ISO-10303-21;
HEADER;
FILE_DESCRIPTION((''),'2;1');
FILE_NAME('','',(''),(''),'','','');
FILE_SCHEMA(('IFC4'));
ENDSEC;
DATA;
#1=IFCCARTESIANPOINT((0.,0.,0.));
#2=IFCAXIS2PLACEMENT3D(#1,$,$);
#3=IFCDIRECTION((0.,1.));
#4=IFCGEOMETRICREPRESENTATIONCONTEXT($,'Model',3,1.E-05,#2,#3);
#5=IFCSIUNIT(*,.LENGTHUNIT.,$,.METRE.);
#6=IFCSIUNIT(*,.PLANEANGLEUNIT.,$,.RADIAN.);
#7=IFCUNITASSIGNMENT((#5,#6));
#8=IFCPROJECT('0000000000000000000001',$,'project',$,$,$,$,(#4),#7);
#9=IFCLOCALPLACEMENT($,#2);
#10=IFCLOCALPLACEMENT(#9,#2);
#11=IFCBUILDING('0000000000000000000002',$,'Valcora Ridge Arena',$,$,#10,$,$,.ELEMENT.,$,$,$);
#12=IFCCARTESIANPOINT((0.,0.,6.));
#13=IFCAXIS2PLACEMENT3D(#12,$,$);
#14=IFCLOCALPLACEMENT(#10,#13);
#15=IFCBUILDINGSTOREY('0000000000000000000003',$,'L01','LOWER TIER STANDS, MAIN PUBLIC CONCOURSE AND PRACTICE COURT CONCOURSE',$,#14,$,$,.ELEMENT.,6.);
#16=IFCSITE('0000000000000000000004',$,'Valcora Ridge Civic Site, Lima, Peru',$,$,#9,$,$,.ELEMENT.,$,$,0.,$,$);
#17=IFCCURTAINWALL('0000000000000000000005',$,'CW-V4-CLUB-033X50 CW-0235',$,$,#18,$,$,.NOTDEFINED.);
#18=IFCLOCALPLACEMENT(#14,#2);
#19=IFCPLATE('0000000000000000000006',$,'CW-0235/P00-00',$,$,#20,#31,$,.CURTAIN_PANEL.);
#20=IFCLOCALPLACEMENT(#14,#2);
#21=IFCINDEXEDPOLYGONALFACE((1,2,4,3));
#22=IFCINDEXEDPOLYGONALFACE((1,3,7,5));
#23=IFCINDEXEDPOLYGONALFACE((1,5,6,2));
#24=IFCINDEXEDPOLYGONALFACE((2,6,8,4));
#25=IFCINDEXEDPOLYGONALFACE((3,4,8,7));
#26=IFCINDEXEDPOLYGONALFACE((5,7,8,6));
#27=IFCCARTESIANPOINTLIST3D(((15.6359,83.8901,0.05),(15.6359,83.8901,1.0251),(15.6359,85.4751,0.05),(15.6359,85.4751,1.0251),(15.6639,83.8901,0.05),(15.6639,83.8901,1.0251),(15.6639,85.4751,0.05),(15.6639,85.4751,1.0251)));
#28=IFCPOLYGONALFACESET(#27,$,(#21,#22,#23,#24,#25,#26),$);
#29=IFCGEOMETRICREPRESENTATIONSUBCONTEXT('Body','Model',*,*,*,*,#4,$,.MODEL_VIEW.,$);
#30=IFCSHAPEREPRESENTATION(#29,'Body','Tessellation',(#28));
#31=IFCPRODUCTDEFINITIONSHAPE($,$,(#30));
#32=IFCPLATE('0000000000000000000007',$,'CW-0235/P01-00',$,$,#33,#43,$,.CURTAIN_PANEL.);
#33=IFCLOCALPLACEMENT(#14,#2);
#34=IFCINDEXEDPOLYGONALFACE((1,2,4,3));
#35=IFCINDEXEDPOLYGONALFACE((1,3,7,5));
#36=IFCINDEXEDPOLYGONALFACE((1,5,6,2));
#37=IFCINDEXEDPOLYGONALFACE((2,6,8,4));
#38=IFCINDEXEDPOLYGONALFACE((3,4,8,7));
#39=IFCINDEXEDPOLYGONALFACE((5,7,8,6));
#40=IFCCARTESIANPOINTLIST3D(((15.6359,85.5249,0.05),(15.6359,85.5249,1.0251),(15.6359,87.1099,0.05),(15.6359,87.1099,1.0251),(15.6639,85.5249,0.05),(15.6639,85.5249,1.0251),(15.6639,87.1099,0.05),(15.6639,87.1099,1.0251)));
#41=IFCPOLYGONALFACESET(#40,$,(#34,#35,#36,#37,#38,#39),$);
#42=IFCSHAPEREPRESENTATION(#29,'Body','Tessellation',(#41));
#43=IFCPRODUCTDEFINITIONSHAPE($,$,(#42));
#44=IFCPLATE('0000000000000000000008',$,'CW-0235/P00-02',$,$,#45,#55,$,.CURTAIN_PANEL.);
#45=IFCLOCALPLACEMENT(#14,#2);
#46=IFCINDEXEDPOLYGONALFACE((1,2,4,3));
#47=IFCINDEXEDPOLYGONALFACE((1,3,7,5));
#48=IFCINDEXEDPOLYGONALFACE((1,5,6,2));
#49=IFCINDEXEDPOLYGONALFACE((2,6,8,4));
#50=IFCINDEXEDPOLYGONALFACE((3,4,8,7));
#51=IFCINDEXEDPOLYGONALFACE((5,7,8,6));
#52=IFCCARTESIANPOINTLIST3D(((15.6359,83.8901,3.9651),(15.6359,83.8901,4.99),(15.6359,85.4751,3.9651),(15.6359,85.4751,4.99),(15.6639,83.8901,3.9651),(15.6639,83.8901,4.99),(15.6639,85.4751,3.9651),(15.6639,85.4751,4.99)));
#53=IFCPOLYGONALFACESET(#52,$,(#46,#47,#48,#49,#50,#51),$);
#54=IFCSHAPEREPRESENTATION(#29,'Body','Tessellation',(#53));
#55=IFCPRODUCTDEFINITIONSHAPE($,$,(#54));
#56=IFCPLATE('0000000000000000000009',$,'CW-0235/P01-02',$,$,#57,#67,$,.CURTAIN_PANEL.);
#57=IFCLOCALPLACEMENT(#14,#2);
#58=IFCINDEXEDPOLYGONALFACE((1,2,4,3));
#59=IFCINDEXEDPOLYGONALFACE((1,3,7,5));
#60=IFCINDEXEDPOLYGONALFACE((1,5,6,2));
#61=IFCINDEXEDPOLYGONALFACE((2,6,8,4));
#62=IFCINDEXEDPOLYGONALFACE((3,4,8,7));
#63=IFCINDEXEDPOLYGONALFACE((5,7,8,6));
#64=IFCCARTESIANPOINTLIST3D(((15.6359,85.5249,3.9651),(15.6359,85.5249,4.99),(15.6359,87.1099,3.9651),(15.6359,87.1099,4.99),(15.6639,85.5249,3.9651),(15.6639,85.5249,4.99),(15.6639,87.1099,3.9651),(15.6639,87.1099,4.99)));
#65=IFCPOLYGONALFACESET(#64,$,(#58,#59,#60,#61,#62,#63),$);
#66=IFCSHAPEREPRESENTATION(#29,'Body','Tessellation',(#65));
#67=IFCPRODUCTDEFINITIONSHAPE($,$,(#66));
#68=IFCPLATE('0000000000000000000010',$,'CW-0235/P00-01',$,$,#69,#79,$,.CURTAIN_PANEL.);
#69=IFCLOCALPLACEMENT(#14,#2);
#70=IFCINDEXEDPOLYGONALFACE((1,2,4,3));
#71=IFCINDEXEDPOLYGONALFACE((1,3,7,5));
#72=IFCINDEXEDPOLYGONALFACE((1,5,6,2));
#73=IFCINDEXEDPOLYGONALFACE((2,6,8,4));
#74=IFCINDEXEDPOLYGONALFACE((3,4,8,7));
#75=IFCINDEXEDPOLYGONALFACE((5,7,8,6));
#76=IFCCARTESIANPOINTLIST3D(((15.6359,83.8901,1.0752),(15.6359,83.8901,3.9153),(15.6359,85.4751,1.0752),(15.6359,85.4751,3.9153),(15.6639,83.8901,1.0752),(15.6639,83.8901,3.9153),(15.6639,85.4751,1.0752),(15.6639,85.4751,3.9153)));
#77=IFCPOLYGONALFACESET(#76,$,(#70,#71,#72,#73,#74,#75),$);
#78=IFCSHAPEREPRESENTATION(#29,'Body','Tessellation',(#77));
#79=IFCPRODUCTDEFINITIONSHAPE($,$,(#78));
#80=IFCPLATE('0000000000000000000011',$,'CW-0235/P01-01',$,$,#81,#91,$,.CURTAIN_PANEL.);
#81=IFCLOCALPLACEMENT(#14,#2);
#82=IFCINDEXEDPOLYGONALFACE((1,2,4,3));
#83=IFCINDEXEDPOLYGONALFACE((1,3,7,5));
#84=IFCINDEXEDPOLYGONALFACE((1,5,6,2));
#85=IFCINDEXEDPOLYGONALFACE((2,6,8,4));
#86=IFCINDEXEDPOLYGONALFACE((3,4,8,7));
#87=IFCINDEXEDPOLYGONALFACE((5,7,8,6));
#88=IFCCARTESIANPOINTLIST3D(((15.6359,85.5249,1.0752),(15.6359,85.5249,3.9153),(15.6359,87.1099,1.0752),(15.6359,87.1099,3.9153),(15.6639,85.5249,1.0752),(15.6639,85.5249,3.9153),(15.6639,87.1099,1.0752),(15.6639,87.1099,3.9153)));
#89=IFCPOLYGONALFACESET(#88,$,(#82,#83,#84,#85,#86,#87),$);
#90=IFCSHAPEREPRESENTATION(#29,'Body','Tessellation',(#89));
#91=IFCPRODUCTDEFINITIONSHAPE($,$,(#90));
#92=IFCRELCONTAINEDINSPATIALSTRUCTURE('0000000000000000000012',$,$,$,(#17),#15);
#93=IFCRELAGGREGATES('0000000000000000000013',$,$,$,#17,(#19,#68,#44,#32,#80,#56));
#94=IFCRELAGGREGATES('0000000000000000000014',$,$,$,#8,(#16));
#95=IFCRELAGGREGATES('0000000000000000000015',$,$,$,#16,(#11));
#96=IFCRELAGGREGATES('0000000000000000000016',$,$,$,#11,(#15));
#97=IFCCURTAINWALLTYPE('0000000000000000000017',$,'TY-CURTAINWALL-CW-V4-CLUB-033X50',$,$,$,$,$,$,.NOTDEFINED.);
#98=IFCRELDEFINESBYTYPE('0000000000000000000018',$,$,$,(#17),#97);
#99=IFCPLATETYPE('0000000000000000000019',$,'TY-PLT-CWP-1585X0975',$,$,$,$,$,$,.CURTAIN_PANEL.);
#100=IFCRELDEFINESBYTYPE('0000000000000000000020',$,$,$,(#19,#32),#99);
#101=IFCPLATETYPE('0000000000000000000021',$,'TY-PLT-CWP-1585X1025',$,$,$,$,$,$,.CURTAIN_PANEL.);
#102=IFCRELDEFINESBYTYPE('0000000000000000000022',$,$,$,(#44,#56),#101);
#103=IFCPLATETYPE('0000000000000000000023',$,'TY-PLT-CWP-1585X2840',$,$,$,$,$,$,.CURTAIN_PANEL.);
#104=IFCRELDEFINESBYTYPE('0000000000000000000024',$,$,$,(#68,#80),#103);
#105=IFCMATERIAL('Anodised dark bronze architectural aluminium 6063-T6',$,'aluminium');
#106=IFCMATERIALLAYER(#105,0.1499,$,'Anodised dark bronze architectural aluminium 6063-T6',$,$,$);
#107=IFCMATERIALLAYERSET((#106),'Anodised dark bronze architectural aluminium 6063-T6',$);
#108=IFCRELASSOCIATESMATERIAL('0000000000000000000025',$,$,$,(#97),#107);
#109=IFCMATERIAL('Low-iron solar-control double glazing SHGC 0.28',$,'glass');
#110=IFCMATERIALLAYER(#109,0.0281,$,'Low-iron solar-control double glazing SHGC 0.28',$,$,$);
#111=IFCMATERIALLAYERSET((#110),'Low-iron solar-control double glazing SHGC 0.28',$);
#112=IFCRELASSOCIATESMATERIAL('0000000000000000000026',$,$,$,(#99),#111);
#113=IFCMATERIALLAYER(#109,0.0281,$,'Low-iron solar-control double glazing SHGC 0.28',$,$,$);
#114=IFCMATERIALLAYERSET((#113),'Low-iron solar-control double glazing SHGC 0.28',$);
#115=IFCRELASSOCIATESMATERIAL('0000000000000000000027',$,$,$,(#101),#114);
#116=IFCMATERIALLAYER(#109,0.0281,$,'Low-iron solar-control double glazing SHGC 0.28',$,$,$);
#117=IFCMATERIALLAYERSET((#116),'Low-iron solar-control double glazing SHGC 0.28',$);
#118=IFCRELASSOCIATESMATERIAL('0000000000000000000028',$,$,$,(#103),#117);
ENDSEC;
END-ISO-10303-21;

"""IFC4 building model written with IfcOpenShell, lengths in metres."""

from ifc_helpers import new_model, si_unit, direction, frame, origin, origin_2d, place, context, subcontext, project, spatial, rectangle, extrude, material, layer, layer_set, type_object, element, aggregate, save


model = new_model("IFC4")

# Units and contexts
model_context = context("Model", 3, precision=1e-05, world=origin(), true_north=direction((0.0, 1.0)))
body_context = subcontext(model_context, "Body", "Model", "MODEL_VIEW")
ifc_project = project(units=[si_unit("LENGTHUNIT", "METRE"), si_unit("PLANEANGLEUNIT", "RADIAN")], contexts=[model_context])

# Site, building, storey
site_placement = place(None, origin())
site = spatial("IfcSite", under=ifc_project, at=site_placement, Name="Valcora Ridge Civic Site, Lima, Peru", CompositionType="ELEMENT", RefElevation=0.0)
building_placement = place(site_placement, origin())
building = spatial("IfcBuilding", under=site, at=building_placement, Name="Valcora Ridge Arena", CompositionType="ELEMENT")
storey_placement = place(building_placement, frame((0.0, 0.0, 6.0)))
storey = spatial("IfcBuildingStorey", under=building, at=storey_placement, Name="L01", Description="LOWER TIER STANDS, MAIN PUBLIC CONCOURSE AND PRACTICE COURT CONCOURSE", CompositionType="ELEMENT", Elevation=6.0)

# Curtain wall
ifc_material_1 = material(Name="Anodised dark bronze architectural aluminium 6063-T6", Category="aluminium")
ifc_layer_1 = layer(ifc_material_1, 0.1499, Name="Anodised dark bronze architectural aluminium 6063-T6")
ifc_layer_set_1 = layer_set([ifc_layer_1], Name="Anodised dark bronze architectural aluminium 6063-T6")
curtain_wall_type_1 = type_object("IfcCurtainWallType", Name="TY-CURTAINWALL-CW-V4-CLUB-033X50", PredefinedType="NOTDEFINED", material=ifc_layer_set_1)
curtain_wall_1_placement = place(storey_placement, origin())
curtain_wall_1 = element("IfcCurtainWall", 1, at=curtain_wall_1_placement, inside=storey, type_object=curtain_wall_type_1, Name="CW-V4-CLUB-033X50 CW-0235", PredefinedType="NOTDEFINED")

# Plates
ifc_material_2 = material(Name="Low-iron solar-control double glazing SHGC 0.28", Category="glass")
ifc_layer_2 = layer(ifc_material_2, 0.0281, Name="Low-iron solar-control double glazing SHGC 0.28")
ifc_layer_set_2 = layer_set([ifc_layer_2], Name="Low-iron solar-control double glazing SHGC 0.28")
plate_type_1 = type_object("IfcPlateType", Name="TY-PLT-CWP-1585X0975", PredefinedType="CURTAIN_PANEL", material=ifc_layer_set_2)
plate_1_placement = place(storey_placement, frame((15.6499, 84.6826, 0.05), z_axis=(0.0, 0.0, 1.0), x_axis=(0.0, 1.0, 0.0)))
plate_1 = element("IfcPlate", 2, at=plate_1_placement, type_object=plate_type_1, Name="CW-0235/P00-00", PredefinedType="CURTAIN_PANEL", context=body_context, shape_type="SweptSolid", body=[
    extrude(rectangle(XDim=1.585, YDim=0.0281, at=origin_2d()), origin(), (0.0, 0.0, 1.0), 0.9751),
])
plate_2_placement = place(storey_placement, frame((15.6499, 86.3174, 0.05), z_axis=(0.0, 0.0, 1.0), x_axis=(0.0, 1.0, 0.0)))
plate_2 = element("IfcPlate", 3, at=plate_2_placement, type_object=plate_type_1, Name="CW-0235/P01-00", PredefinedType="CURTAIN_PANEL", context=body_context, shape_type="SweptSolid", body=[
    extrude(rectangle(XDim=1.585, YDim=0.0281, at=origin_2d()), origin(), (0.0, 0.0, 1.0), 0.9751),
])
ifc_layer_3 = layer(ifc_material_2, 0.0281, Name="Low-iron solar-control double glazing SHGC 0.28")
ifc_layer_set_3 = layer_set([ifc_layer_3], Name="Low-iron solar-control double glazing SHGC 0.28")
plate_type_2 = type_object("IfcPlateType", Name="TY-PLT-CWP-1585X1025", PredefinedType="CURTAIN_PANEL", material=ifc_layer_set_3)
plate_3_placement = place(storey_placement, frame((15.6499, 84.6826, 3.9651), z_axis=(0.0, 0.0, 1.0), x_axis=(0.0, 1.0, 0.0)))
plate_3 = element("IfcPlate", 4, at=plate_3_placement, type_object=plate_type_2, Name="CW-0235/P00-02", PredefinedType="CURTAIN_PANEL", context=body_context, shape_type="SweptSolid", body=[
    extrude(rectangle(XDim=1.585, YDim=0.0281, at=origin_2d()), origin(), (0.0, 0.0, 1.0), 1.0249),
])
plate_4_placement = place(storey_placement, frame((15.6499, 86.3174, 3.9651), z_axis=(0.0, 0.0, 1.0), x_axis=(0.0, 1.0, 0.0)))
plate_4 = element("IfcPlate", 5, at=plate_4_placement, type_object=plate_type_2, Name="CW-0235/P01-02", PredefinedType="CURTAIN_PANEL", context=body_context, shape_type="SweptSolid", body=[
    extrude(rectangle(XDim=1.585, YDim=0.0281, at=origin_2d()), origin(), (0.0, 0.0, 1.0), 1.0249),
])
ifc_layer_4 = layer(ifc_material_2, 0.0281, Name="Low-iron solar-control double glazing SHGC 0.28")
ifc_layer_set_4 = layer_set([ifc_layer_4], Name="Low-iron solar-control double glazing SHGC 0.28")
plate_type_3 = type_object("IfcPlateType", Name="TY-PLT-CWP-1585X2840", PredefinedType="CURTAIN_PANEL", material=ifc_layer_set_4)
plate_5_placement = place(storey_placement, frame((15.6499, 84.6826, 1.0752), z_axis=(0.0, 0.0, 1.0), x_axis=(0.0, 1.0, 0.0)))
plate_5 = element("IfcPlate", 6, at=plate_5_placement, type_object=plate_type_3, Name="CW-0235/P00-01", PredefinedType="CURTAIN_PANEL", context=body_context, shape_type="SweptSolid", body=[
    extrude(rectangle(XDim=1.585, YDim=0.0281, at=origin_2d()), origin(), (0.0, 0.0, 1.0), 2.8401),
])
plate_6_placement = place(storey_placement, frame((15.6499, 86.3174, 1.0752), z_axis=(0.0, 0.0, 1.0), x_axis=(0.0, 1.0, 0.0)))
plate_6 = element("IfcPlate", 7, at=plate_6_placement, type_object=plate_type_3, Name="CW-0235/P01-01", PredefinedType="CURTAIN_PANEL", context=body_context, shape_type="SweptSolid", body=[
    extrude(rectangle(XDim=1.585, YDim=0.0281, at=origin_2d()), origin(), (0.0, 0.0, 1.0), 2.8401),
])
aggregate(curtain_wall_1, [plate_1, plate_5, plate_3, plate_2, plate_6, plate_4])

save(model, "model.ifc")
